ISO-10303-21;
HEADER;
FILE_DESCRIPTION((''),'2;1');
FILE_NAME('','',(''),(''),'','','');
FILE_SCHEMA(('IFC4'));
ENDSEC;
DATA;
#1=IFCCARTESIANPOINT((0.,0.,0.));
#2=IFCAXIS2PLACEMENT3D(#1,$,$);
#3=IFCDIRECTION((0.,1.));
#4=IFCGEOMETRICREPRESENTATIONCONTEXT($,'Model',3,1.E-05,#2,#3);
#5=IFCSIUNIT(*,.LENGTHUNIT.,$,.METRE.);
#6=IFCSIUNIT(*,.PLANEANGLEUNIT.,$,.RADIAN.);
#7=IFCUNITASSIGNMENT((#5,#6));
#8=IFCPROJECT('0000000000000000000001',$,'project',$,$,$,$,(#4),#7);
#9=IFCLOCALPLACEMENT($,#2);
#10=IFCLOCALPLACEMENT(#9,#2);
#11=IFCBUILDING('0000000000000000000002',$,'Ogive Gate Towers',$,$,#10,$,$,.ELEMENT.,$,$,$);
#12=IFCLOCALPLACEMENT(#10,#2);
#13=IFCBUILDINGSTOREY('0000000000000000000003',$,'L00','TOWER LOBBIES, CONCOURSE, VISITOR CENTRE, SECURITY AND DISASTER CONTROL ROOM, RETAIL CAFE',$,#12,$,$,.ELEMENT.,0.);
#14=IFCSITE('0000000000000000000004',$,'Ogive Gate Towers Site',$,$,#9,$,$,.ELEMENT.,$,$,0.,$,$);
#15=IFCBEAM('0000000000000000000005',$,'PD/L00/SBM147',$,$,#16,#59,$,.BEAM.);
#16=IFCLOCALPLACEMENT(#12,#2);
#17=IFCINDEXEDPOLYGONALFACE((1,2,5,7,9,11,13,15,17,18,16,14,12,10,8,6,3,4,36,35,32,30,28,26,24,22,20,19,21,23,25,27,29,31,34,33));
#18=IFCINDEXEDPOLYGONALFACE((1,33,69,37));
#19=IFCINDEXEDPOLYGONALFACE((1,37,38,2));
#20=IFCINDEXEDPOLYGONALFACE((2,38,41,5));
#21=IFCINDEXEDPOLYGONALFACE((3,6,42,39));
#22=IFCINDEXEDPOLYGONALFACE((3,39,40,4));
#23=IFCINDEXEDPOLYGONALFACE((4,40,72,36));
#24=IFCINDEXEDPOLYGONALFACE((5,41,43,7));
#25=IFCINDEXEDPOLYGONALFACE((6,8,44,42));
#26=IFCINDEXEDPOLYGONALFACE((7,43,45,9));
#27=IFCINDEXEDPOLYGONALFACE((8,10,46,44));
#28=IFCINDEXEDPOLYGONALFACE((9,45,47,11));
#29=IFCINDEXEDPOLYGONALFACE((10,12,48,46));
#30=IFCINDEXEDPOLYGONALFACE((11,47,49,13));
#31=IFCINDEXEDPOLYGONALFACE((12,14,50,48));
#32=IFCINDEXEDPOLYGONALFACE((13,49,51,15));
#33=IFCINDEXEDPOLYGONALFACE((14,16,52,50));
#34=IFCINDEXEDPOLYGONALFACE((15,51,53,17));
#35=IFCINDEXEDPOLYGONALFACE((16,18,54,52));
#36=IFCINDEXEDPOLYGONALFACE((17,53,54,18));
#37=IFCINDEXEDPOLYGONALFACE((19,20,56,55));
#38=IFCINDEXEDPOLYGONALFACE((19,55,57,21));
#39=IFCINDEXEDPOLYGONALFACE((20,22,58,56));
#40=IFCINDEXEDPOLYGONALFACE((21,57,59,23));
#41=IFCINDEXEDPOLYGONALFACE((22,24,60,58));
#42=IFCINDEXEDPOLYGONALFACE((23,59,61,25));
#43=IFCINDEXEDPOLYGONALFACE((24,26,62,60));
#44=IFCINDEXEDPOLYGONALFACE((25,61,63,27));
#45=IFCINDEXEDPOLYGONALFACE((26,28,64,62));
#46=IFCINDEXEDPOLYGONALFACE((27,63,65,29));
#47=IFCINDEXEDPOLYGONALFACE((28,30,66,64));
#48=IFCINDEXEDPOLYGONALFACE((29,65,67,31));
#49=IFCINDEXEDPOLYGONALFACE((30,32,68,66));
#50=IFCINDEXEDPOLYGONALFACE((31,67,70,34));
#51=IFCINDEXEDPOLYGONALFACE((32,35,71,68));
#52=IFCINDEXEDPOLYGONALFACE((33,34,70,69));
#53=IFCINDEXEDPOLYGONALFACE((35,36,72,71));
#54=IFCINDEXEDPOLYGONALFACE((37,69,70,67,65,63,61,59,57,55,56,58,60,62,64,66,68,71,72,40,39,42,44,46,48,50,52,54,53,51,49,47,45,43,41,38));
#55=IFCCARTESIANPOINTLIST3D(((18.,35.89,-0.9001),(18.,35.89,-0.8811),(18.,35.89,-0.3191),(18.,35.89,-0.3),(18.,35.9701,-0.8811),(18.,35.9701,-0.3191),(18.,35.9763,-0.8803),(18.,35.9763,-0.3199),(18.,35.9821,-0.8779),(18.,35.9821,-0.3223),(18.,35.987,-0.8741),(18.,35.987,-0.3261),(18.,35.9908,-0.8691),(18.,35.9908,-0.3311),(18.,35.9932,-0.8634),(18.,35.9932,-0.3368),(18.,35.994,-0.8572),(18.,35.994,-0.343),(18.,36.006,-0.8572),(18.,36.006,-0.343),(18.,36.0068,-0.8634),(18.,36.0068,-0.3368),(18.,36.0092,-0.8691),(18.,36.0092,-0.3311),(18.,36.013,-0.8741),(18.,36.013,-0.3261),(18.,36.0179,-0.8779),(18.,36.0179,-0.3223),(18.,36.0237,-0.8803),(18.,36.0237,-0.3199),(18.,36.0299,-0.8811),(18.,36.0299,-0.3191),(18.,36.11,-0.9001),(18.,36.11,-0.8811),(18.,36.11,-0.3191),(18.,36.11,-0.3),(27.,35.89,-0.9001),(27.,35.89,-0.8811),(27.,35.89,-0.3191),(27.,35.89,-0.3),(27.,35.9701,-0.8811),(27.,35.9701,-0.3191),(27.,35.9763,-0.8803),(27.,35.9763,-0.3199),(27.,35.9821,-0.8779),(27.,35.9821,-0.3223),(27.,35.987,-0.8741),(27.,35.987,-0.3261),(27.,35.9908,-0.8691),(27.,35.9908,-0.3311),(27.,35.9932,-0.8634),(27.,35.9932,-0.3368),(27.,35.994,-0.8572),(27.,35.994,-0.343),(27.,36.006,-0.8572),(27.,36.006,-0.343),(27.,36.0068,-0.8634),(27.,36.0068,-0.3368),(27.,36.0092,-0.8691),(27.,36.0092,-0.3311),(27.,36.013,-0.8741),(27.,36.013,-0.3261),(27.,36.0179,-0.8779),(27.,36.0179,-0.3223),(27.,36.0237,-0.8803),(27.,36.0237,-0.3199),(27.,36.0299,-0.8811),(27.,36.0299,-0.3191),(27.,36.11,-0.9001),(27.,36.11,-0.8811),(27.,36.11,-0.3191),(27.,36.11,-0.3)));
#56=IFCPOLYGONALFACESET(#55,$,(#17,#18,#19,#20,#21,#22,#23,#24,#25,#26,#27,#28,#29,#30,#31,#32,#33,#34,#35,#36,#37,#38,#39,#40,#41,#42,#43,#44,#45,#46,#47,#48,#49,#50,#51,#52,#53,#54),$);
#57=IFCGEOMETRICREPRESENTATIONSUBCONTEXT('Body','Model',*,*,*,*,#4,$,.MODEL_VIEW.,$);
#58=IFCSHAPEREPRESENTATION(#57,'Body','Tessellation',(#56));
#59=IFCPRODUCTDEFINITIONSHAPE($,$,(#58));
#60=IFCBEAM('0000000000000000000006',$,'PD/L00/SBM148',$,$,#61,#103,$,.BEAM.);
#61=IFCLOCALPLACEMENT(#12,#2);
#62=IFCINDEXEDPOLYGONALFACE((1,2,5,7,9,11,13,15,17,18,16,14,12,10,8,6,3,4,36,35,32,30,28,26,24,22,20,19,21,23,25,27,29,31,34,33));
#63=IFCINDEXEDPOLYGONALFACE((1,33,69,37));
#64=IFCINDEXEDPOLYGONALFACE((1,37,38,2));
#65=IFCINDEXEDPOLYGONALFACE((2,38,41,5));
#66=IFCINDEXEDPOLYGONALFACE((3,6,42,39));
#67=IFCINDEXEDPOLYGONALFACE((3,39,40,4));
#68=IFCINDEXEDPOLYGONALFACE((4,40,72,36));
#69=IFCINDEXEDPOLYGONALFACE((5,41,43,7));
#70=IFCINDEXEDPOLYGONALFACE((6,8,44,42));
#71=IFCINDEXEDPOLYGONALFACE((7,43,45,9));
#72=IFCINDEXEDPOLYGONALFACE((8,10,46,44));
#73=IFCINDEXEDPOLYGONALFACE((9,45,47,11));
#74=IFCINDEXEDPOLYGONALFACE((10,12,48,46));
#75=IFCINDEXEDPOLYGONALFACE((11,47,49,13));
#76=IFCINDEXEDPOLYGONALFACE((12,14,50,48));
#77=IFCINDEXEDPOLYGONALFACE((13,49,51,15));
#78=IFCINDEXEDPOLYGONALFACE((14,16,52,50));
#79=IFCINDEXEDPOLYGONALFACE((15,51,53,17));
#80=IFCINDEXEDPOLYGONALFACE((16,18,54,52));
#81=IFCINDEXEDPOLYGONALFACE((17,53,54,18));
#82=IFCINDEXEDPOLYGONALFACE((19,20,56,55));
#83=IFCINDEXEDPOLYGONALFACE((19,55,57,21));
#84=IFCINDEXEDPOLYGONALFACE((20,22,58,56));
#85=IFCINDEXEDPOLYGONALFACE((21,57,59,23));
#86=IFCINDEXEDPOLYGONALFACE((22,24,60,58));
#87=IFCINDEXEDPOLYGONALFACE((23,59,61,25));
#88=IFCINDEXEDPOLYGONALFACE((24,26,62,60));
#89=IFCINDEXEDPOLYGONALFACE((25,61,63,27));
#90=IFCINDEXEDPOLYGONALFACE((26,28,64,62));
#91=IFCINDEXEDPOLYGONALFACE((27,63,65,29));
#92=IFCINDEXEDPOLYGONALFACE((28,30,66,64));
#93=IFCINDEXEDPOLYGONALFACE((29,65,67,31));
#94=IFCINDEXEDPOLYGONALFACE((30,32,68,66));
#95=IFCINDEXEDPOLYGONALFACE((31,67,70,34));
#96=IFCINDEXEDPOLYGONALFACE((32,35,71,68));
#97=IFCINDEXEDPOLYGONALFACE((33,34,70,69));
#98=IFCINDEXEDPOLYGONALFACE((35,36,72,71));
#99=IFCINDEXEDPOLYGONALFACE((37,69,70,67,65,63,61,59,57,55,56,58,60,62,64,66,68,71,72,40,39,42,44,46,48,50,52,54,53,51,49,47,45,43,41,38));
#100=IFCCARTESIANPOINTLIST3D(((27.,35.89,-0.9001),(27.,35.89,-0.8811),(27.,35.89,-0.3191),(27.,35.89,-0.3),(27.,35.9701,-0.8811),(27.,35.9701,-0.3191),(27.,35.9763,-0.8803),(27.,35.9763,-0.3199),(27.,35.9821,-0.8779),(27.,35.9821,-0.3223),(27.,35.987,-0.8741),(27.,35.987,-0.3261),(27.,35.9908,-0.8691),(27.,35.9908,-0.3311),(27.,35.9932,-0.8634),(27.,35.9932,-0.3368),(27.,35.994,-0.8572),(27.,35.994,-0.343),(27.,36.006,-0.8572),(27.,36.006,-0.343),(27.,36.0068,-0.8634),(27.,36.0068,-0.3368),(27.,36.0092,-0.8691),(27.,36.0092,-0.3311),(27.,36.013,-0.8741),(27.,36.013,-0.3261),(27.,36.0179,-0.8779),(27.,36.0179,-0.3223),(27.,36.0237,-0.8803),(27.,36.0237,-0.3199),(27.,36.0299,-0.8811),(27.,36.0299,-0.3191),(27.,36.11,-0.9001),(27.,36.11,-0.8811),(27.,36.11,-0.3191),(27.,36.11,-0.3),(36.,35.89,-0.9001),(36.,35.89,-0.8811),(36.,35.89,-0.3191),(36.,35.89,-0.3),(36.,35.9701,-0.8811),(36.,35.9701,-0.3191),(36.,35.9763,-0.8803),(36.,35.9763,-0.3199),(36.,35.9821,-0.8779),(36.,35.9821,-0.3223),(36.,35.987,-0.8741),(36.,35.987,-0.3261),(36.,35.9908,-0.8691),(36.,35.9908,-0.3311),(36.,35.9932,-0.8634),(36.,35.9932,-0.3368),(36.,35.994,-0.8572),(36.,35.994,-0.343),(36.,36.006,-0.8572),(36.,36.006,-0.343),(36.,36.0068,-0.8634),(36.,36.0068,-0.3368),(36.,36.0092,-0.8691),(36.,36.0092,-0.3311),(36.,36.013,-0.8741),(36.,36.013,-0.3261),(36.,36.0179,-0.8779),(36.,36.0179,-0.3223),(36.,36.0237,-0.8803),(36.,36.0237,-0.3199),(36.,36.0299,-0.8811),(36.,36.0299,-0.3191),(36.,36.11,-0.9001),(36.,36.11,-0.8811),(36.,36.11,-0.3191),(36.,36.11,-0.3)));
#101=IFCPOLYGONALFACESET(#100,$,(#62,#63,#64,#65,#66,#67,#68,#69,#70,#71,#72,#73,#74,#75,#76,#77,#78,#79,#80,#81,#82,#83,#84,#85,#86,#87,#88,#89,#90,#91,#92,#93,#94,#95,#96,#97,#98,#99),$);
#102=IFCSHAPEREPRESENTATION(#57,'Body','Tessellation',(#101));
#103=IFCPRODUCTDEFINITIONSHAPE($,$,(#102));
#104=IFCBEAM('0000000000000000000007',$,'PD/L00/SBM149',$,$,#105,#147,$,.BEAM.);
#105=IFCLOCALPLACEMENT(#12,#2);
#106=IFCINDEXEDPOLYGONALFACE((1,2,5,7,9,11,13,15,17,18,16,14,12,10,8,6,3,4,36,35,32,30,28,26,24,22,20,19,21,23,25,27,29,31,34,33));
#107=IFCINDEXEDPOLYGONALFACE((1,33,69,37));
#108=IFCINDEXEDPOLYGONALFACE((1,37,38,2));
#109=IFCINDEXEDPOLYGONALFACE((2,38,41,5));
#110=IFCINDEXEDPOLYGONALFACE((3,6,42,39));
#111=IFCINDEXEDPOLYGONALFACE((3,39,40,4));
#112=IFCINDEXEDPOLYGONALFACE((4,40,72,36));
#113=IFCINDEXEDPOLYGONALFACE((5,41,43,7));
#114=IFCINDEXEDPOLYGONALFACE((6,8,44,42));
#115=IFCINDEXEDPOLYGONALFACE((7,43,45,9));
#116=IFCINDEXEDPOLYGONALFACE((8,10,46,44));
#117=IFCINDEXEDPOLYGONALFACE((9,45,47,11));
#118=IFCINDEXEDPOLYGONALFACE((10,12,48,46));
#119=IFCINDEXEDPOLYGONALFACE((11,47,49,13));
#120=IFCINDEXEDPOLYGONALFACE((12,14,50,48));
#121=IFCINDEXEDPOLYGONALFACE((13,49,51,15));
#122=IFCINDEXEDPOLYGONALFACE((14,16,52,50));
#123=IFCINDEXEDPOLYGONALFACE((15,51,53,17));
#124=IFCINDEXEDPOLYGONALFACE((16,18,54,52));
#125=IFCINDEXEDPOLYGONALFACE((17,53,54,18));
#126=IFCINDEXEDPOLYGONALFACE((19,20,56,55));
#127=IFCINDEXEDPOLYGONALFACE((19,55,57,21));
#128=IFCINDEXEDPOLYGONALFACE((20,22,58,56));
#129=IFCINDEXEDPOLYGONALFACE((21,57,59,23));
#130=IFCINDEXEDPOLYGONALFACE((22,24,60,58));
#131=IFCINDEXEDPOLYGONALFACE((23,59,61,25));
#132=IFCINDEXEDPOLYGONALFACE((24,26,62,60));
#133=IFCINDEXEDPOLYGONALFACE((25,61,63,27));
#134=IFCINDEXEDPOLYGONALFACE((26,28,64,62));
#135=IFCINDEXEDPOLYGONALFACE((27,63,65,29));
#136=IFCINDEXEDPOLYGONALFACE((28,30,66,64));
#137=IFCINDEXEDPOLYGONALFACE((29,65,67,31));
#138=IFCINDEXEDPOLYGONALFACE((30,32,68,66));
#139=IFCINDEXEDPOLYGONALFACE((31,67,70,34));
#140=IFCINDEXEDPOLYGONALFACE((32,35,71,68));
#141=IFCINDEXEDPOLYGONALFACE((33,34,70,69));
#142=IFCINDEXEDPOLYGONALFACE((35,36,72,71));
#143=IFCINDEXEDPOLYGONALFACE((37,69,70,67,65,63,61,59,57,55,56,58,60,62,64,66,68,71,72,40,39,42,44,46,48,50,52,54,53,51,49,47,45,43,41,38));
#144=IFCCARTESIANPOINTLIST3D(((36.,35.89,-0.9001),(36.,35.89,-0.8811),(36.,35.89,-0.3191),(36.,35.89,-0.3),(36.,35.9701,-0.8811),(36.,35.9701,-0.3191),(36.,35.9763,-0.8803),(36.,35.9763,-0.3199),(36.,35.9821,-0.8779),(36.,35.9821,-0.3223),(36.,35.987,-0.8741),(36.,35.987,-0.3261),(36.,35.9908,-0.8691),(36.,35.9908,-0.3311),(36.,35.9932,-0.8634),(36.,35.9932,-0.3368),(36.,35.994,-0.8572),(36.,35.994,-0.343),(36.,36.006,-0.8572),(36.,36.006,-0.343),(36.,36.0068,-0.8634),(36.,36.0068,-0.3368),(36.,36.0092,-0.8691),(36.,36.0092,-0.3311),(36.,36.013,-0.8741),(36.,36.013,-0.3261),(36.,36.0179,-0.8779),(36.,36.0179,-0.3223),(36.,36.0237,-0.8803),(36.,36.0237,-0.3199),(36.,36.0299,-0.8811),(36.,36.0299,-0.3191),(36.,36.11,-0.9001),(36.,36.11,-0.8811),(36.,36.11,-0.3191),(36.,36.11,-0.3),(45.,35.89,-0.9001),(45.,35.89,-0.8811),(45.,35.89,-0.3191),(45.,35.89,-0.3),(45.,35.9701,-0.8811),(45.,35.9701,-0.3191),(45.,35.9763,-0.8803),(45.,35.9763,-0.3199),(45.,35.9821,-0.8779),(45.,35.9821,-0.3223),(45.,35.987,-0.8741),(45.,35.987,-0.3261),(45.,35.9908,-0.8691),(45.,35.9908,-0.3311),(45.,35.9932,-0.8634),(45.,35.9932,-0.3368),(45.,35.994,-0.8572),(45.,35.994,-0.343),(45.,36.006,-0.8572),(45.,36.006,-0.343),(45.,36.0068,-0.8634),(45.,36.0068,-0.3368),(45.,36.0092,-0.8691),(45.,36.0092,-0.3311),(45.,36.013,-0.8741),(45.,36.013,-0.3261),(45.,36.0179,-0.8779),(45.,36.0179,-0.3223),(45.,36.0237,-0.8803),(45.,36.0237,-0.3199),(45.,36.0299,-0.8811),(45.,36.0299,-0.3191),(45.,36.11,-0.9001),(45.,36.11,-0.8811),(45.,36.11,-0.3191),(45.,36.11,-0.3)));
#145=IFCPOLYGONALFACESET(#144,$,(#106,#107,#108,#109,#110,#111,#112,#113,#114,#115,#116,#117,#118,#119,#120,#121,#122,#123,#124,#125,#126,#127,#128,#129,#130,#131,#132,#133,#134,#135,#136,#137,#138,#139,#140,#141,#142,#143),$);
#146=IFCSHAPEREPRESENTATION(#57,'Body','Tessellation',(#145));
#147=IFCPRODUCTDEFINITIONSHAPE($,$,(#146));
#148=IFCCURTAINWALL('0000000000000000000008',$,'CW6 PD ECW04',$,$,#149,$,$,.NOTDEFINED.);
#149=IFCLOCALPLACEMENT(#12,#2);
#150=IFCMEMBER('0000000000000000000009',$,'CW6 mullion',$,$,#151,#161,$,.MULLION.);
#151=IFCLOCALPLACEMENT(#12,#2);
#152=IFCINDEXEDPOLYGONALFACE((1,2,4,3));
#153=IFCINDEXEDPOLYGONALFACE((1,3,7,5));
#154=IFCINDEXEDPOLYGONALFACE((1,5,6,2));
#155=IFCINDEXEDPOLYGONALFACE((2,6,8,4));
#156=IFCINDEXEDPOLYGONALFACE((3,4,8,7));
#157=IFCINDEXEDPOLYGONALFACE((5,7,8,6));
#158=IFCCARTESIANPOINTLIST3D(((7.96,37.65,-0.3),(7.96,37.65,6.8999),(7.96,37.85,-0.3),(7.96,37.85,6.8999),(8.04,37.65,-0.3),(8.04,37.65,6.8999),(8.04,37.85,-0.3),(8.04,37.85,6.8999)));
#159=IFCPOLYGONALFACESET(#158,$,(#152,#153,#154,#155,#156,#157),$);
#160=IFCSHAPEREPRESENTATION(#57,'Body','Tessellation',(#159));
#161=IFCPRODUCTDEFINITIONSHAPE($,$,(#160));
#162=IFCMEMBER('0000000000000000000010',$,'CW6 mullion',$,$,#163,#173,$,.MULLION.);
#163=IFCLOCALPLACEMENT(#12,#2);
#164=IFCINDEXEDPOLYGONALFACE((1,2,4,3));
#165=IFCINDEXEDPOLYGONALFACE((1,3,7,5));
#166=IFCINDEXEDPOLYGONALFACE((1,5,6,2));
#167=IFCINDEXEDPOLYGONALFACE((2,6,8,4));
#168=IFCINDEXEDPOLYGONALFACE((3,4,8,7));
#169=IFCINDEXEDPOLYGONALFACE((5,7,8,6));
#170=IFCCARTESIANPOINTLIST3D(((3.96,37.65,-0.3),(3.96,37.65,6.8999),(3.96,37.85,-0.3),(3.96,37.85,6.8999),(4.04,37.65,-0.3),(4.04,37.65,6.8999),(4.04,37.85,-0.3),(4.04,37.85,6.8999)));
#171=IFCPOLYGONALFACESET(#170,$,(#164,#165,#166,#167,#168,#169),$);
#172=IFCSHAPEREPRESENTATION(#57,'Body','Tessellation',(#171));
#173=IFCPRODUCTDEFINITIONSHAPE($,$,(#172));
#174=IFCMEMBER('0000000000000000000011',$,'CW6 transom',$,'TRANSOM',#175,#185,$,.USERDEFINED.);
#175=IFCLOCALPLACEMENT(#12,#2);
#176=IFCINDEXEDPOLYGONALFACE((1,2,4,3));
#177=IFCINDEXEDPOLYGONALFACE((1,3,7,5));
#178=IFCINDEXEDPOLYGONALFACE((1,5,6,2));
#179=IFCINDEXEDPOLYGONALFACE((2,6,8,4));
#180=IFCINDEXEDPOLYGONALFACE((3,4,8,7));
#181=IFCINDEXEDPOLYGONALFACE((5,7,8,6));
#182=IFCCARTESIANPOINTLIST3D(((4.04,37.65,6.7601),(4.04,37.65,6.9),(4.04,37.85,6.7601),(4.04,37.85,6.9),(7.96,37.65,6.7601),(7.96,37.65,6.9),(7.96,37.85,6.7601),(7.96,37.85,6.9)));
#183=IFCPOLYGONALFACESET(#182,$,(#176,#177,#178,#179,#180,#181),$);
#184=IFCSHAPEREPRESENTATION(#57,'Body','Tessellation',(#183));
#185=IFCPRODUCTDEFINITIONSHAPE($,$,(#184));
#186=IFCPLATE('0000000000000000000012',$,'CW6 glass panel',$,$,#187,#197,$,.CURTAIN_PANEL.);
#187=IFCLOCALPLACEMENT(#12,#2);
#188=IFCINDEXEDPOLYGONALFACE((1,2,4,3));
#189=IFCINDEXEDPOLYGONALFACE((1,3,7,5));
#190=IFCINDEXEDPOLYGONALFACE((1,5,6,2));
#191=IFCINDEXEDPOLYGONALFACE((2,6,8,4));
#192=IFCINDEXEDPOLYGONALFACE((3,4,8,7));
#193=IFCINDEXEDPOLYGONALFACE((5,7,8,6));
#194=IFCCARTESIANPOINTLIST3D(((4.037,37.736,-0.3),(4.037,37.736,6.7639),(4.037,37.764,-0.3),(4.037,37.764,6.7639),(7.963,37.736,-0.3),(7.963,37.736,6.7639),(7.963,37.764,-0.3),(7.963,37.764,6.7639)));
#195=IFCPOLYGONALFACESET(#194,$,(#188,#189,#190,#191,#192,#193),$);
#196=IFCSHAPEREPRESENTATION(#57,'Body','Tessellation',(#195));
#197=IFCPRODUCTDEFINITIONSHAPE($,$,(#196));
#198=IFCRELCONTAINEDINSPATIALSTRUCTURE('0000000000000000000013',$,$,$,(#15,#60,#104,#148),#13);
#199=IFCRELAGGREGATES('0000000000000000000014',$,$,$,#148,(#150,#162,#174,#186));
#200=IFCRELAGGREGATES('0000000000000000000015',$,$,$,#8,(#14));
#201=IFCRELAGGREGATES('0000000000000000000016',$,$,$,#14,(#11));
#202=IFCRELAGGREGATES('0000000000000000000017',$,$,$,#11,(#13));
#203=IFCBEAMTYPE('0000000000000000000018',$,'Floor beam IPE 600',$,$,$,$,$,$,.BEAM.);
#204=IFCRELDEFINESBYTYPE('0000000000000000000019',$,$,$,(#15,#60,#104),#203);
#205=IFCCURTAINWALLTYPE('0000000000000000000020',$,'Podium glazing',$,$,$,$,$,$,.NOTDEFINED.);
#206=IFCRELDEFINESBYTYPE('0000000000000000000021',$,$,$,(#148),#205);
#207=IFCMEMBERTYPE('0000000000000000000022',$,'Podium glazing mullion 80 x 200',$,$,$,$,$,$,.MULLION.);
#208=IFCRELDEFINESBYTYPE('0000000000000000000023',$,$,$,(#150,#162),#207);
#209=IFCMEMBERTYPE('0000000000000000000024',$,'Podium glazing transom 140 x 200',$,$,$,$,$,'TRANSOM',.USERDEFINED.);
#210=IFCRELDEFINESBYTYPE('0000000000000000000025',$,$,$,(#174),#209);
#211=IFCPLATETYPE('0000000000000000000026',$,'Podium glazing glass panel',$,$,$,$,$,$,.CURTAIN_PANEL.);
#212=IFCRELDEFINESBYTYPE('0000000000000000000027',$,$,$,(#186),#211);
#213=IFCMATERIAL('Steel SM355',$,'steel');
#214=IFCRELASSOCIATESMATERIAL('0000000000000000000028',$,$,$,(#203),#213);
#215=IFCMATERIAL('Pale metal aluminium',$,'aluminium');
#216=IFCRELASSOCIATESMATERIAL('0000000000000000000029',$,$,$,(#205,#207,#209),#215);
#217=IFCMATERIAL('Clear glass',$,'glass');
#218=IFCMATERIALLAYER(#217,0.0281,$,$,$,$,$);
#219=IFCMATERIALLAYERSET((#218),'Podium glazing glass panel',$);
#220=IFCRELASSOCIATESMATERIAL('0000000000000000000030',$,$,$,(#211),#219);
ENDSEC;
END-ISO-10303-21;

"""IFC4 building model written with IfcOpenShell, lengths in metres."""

from ifc_helpers import new_model, si_unit, direction, frame, origin, origin_2d, place, context, subcontext, project, spatial, rectangle, i_section, extrude, material, layer, layer_set, material_profile, profile_set, type_object, element, aggregate, save


model = new_model("IFC4")

# Units and contexts
model_context = context("Model", 3, precision=1e-05, world=origin(), true_north=direction((0.0, 1.0)))
body_context = subcontext(model_context, "Body", "Model", "MODEL_VIEW")
ifc_project = project(units=[si_unit("LENGTHUNIT", "METRE"), si_unit("PLANEANGLEUNIT", "RADIAN")], contexts=[model_context])

# Site, building, storey
site_placement = place(None, origin())
site = spatial("IfcSite", under=ifc_project, at=site_placement, Name="Ogive Gate Towers Site", CompositionType="ELEMENT", RefElevation=0.0)
building_placement = place(site_placement, origin())
building = spatial("IfcBuilding", under=site, at=building_placement, Name="Ogive Gate Towers", CompositionType="ELEMENT")
storey_placement = place(building_placement, origin())
storey = spatial("IfcBuildingStorey", under=building, at=storey_placement, Name="L00", Description="TOWER LOBBIES, CONCOURSE, VISITOR CENTRE, SECURITY AND DISASTER CONTROL ROOM, RETAIL CAFE", CompositionType="ELEMENT", Elevation=0.0)

# Beams
ifc_material_1 = material(Name="Steel SM355", Category="steel")
ifc_material_profile_1 = material_profile(ifc_material_1, i_section(OverallWidth=0.22, OverallDepth=0.6001, WebThickness=0.012, FlangeThickness=0.019, FilletRadius=0.0239, at=origin_2d()), Name="IPE 600")
ifc_profile_set_1 = profile_set([ifc_material_profile_1], Name="Steel SM355")
beam_type_1 = type_object("IfcBeamType", Name="Floor beam IPE 600", PredefinedType="BEAM", material=ifc_profile_set_1)
for number, where, z_axis, x_axis, name in (
    (1, (18.0, 36.0, -0.6001), (1.0, 0.0, 0.0), (0.0, 1.0, 0.0), "PD/L00/SBM147"),
    (2, (27.0, 36.0, -0.6001), (1.0, 0.0, 0.0), (0.0, 1.0, 0.0), "PD/L00/SBM148"),
    (3, (36.0, 36.0, -0.6001), (1.0, 0.0, 0.0), (0.0, 1.0, 0.0), "PD/L00/SBM149"),
):
    element("IfcBeam", number, at=place(storey_placement, frame(where, z_axis=z_axis, x_axis=x_axis)), inside=storey, type_object=beam_type_1, Name=name, PredefinedType="BEAM", context=body_context, shape_type="SweptSolid", body=[
        extrude(i_section(OverallWidth=0.22, OverallDepth=0.6001, WebThickness=0.012, FlangeThickness=0.019, FilletRadius=0.0239, at=origin_2d()), origin(), (0.0, 0.0, 1.0), 9.0),
    ])

# Curtain wall, members, plate
ifc_material_2 = material(Name="Pale metal aluminium", Category="aluminium")
curtain_wall_type = type_object("IfcCurtainWallType", Name="Podium glazing", PredefinedType="NOTDEFINED", material=ifc_material_2)
curtain_wall_placement = place(storey_placement, origin())
curtain_wall = element("IfcCurtainWall", 4, at=curtain_wall_placement, inside=storey, type_object=curtain_wall_type, Name="CW6 PD ECW04", PredefinedType="NOTDEFINED")
ifc_material_profile_2 = material_profile(ifc_material_2, rectangle(XDim=0.2, YDim=0.0801, at=origin_2d()), Name="80 x 200 aluminium box")
ifc_profile_set_2 = profile_set([ifc_material_profile_2], Name="Pale metal aluminium")
member_type_1 = type_object("IfcMemberType", Name="Podium glazing mullion 80 x 200", PredefinedType="MULLION", material=ifc_profile_set_2)
member_1_placement = place(storey_placement, frame((8.0, 37.75, -0.3), z_axis=(0.0, 0.0, 1.0), x_axis=(0.0, 1.0, 0.0)))
member_1 = element("IfcMember", 5, at=member_1_placement, type_object=member_type_1, Name="CW6 mullion", PredefinedType="MULLION", context=body_context, shape_type="SweptSolid", body=[
    extrude(rectangle(XDim=0.2, YDim=0.0801, at=origin_2d()), origin(), (0.0, 0.0, 1.0), 7.2),
])
member_2_placement = place(storey_placement, frame((4.0, 37.75, -0.3), z_axis=(0.0, 0.0, 1.0), x_axis=(0.0, 1.0, 0.0)))
member_2 = element("IfcMember", 6, at=member_2_placement, type_object=member_type_1, Name="CW6 mullion", PredefinedType="MULLION", context=body_context, shape_type="SweptSolid", body=[
    extrude(rectangle(XDim=0.2, YDim=0.0801, at=origin_2d()), origin(), (0.0, 0.0, 1.0), 7.2),
])
ifc_material_profile_3 = material_profile(ifc_material_2, rectangle(XDim=0.2, YDim=0.1399, at=origin_2d()), Name="140 x 200 aluminium box")
ifc_profile_set_3 = profile_set([ifc_material_profile_3], Name="Pale metal aluminium")
member_type_2 = type_object("IfcMemberType", Name="Podium glazing transom 140 x 200", ElementType="TRANSOM", PredefinedType="USERDEFINED", material=ifc_profile_set_3)
member_3_placement = place(storey_placement, frame((7.96, 37.75, 6.8301), z_axis=(-1.0, 0.0, 0.0), x_axis=(0.0, -1.0, 0.0)))
member_3 = element("IfcMember", 7, at=member_3_placement, type_object=member_type_2, Name="CW6 transom", ObjectType="TRANSOM", PredefinedType="USERDEFINED", context=body_context, shape_type="SweptSolid", body=[
    extrude(rectangle(XDim=0.2, YDim=0.1399, at=origin_2d()), origin(), (0.0, 0.0, 1.0), 3.9199),
])
ifc_material_3 = material(Name="Clear glass", Category="glass")
ifc_layer_1 = layer(ifc_material_3, 0.0281)
ifc_layer_set_1 = layer_set([ifc_layer_1], Name="Podium glazing glass panel")
plate_type = type_object("IfcPlateType", Name="Podium glazing glass panel", PredefinedType="CURTAIN_PANEL", material=ifc_layer_set_1)
plate_placement = place(storey_placement, frame((6.0, 37.75, -0.3), z_axis=(0.0, 0.0, 1.0), x_axis=(-1.0, 0.0, 0.0)))
plate = element("IfcPlate", 8, at=plate_placement, type_object=plate_type, Name="CW6 glass panel", PredefinedType="CURTAIN_PANEL", context=body_context, shape_type="SweptSolid", body=[
    extrude(rectangle(XDim=3.926, YDim=0.0281, at=origin_2d()), origin(), (0.0, 0.0, 1.0), 7.064),
])
aggregate(curtain_wall, [member_1, member_2, member_3, plate])

save(model, "model.ifc")
